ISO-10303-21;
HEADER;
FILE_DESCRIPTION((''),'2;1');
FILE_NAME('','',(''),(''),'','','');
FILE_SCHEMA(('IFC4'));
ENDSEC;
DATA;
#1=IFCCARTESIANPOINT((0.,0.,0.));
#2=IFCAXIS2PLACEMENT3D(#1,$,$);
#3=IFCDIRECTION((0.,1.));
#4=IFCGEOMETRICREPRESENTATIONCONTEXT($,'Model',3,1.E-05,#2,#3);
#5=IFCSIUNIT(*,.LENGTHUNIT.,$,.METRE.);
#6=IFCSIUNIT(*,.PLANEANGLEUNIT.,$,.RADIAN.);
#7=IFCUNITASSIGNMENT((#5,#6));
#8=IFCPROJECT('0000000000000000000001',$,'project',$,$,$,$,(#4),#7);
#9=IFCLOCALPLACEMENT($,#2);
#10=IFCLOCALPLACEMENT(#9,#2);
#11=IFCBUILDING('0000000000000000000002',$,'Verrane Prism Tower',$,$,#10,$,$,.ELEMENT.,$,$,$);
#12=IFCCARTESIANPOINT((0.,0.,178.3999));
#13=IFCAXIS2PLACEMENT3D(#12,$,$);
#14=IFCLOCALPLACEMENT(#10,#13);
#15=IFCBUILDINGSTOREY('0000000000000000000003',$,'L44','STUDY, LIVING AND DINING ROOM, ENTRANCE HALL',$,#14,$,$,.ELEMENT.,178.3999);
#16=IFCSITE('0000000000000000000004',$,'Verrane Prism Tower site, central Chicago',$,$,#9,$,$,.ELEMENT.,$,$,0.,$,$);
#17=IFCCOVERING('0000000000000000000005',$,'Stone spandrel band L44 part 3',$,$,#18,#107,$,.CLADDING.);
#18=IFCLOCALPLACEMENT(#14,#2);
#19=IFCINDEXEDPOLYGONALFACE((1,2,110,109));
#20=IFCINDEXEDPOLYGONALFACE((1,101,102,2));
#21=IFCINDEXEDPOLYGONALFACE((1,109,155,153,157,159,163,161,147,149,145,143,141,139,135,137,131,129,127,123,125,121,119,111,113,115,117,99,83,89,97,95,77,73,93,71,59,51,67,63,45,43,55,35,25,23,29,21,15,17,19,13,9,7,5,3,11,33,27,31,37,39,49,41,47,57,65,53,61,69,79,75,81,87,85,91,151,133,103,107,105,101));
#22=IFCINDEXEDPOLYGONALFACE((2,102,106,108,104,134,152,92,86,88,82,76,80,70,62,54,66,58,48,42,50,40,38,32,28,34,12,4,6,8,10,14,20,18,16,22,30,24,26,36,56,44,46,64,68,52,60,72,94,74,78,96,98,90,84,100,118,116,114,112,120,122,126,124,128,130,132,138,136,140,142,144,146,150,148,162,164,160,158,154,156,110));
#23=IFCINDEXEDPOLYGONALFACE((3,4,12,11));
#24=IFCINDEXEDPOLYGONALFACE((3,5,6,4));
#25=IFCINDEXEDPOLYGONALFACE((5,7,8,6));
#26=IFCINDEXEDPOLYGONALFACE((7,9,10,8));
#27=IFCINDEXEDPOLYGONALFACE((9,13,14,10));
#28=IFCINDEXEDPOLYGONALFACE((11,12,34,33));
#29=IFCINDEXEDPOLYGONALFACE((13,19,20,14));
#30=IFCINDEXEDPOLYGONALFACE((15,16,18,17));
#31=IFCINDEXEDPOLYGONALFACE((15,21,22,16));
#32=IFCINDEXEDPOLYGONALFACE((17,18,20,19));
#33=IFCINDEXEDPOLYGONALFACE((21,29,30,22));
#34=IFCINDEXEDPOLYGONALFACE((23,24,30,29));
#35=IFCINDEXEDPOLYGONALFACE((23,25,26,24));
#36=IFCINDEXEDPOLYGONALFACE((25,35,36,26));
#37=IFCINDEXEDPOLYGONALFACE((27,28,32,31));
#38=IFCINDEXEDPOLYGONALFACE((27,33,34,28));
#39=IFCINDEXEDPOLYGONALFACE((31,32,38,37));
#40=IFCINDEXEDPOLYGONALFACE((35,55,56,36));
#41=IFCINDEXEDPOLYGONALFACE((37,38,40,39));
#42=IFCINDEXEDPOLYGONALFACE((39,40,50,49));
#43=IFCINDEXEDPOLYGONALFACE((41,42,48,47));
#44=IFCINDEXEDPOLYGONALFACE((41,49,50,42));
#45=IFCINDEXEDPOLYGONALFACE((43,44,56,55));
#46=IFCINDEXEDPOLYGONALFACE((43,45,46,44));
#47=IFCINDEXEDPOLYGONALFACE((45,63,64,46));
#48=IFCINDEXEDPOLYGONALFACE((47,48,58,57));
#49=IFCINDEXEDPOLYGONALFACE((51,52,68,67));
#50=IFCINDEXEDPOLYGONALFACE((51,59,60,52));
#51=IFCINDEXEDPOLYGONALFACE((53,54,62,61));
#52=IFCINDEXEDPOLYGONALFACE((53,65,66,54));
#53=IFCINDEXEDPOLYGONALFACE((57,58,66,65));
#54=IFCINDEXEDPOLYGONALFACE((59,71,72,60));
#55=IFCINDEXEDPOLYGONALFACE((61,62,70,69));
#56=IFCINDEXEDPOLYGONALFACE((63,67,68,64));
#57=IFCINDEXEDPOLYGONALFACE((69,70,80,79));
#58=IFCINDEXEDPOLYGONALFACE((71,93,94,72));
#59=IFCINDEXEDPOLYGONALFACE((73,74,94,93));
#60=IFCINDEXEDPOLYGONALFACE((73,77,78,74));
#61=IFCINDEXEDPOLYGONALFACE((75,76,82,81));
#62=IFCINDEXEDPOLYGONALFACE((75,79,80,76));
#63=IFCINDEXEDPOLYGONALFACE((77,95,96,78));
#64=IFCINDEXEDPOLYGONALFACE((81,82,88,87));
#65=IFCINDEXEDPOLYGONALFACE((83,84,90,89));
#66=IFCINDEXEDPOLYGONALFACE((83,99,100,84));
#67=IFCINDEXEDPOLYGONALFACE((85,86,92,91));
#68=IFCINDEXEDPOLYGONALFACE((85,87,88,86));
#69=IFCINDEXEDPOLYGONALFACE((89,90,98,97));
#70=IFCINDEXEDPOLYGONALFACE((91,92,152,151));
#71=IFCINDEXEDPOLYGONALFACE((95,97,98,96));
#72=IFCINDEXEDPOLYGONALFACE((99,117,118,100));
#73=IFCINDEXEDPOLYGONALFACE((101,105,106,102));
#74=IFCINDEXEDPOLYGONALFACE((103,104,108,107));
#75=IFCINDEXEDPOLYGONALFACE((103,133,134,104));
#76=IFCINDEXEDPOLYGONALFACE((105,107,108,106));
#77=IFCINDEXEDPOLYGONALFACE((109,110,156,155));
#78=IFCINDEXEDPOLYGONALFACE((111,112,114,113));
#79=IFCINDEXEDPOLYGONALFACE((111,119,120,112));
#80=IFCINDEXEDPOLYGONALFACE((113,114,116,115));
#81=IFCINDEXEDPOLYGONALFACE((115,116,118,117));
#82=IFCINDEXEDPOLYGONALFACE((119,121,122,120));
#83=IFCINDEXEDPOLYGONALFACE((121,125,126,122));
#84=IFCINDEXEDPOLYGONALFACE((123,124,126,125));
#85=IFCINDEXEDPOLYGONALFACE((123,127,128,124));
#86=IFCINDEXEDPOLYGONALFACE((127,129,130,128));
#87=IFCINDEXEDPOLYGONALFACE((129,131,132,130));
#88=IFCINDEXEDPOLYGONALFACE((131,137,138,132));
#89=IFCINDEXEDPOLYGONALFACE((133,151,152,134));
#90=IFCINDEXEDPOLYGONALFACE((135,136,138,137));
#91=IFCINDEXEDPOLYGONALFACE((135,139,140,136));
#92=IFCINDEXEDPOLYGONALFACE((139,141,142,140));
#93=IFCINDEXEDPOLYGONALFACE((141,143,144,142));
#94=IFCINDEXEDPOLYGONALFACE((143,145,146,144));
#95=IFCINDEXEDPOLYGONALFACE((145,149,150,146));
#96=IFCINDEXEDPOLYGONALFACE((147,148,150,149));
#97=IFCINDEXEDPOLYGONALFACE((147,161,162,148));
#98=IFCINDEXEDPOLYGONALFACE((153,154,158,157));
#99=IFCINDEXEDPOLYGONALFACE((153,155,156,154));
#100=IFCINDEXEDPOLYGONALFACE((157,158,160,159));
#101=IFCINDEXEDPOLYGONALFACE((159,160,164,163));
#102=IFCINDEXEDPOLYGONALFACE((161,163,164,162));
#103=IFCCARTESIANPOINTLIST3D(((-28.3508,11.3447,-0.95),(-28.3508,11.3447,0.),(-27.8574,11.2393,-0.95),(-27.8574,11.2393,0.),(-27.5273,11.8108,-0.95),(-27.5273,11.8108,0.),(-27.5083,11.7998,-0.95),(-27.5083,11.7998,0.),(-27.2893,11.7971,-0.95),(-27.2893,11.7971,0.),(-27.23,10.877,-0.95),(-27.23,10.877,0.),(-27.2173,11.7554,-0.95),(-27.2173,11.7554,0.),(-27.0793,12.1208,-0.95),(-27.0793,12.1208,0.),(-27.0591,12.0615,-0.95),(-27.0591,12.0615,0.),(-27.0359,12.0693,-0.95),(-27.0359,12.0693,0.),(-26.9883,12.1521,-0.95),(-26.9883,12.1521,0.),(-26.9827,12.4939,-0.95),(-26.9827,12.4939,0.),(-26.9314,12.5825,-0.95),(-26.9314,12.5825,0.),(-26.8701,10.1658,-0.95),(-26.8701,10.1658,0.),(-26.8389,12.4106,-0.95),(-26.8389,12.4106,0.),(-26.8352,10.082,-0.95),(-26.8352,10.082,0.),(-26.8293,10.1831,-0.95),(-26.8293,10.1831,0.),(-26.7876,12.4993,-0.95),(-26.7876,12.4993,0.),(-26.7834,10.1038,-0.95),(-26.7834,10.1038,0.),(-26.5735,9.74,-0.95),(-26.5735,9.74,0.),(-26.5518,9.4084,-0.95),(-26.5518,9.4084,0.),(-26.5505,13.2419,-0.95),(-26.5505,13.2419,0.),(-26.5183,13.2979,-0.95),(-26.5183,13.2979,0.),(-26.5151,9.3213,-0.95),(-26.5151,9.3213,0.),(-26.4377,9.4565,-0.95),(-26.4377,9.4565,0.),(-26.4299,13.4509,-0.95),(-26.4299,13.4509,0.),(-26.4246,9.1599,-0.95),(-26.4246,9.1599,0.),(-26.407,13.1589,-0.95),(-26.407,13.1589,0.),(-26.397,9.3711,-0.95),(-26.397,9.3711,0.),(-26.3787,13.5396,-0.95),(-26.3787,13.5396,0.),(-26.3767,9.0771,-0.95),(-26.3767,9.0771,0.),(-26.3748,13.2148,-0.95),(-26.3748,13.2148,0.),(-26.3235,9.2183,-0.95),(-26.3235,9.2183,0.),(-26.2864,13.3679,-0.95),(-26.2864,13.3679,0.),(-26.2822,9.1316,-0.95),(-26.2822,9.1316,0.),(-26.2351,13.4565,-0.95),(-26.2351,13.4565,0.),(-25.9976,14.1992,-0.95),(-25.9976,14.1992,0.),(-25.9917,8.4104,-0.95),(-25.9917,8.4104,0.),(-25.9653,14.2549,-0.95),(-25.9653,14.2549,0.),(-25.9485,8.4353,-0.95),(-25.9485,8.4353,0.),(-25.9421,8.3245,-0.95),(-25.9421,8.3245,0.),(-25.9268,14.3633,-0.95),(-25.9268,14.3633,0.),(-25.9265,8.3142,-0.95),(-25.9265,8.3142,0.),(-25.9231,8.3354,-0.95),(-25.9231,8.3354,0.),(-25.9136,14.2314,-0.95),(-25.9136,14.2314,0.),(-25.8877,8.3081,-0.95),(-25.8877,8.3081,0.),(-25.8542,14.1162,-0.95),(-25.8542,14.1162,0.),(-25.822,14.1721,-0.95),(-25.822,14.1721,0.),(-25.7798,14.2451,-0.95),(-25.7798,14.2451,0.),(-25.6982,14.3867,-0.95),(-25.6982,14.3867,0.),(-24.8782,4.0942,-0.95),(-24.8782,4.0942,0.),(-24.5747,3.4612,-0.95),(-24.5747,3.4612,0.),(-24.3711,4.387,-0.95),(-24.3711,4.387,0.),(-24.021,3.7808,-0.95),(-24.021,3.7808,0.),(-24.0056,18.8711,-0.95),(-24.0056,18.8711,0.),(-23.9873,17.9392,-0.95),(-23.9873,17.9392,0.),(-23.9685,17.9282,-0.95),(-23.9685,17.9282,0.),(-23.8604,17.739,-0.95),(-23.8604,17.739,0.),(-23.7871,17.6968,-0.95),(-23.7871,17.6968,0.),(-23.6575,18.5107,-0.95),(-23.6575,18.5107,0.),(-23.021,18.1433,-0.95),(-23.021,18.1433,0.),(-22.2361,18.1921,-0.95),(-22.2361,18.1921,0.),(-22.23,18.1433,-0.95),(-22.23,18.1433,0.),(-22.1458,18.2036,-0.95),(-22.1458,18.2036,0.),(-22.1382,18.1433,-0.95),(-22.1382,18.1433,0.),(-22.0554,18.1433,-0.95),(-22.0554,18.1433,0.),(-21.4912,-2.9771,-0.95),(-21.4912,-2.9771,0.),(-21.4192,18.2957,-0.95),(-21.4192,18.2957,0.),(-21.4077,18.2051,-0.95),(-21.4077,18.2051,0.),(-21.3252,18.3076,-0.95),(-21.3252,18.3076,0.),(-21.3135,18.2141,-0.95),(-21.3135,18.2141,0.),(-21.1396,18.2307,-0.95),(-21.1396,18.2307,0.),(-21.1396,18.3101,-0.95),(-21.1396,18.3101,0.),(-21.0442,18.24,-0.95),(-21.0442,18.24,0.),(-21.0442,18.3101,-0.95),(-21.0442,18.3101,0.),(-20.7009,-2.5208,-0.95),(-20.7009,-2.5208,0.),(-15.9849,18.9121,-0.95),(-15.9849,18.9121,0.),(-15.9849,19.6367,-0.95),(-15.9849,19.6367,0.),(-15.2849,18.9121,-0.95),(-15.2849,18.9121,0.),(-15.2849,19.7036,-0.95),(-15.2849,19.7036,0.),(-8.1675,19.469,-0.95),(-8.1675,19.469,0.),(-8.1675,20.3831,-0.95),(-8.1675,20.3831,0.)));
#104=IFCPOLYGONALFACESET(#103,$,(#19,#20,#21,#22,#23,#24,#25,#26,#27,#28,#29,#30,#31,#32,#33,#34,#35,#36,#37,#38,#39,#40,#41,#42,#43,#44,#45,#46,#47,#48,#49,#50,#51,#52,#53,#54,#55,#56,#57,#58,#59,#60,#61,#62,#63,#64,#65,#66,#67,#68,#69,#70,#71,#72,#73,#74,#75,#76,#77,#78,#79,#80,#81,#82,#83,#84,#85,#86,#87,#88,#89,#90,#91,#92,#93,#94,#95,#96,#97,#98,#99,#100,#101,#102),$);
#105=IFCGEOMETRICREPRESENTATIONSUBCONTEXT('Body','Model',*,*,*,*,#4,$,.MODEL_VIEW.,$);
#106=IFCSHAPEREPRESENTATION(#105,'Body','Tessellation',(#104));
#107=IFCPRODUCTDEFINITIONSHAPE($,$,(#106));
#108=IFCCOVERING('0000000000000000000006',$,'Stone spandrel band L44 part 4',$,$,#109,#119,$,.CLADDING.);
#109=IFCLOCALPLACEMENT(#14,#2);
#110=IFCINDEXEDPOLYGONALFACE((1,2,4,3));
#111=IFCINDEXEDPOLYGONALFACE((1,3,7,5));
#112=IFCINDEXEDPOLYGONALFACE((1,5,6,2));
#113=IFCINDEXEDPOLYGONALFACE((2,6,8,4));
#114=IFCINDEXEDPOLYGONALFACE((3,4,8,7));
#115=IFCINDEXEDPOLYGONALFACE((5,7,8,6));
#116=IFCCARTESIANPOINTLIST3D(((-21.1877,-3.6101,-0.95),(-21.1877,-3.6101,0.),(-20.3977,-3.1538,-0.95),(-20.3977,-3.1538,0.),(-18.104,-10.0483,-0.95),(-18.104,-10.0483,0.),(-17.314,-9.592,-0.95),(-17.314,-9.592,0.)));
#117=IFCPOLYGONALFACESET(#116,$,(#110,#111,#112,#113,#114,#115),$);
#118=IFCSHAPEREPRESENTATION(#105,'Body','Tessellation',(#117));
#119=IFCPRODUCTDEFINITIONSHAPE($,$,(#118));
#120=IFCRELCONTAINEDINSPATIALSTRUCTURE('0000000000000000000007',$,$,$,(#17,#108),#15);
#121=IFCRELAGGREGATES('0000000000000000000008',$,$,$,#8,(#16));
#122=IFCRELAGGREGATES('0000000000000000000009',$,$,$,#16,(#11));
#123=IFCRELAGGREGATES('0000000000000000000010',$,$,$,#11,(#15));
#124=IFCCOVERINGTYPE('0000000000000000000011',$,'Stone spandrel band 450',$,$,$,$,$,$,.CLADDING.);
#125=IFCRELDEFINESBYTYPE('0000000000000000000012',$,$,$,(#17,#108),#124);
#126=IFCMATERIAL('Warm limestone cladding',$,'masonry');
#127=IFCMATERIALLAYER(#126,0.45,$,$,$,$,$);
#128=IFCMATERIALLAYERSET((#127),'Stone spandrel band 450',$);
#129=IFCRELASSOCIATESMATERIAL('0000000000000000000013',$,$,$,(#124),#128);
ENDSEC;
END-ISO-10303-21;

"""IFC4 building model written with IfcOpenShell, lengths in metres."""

from ifc_helpers import new_model, si_unit, direction, frame, origin, place, context, subcontext, project, spatial, polyline, outline, extrude, material, layer, layer_set, type_object, element, save


model = new_model("IFC4")

# Units and contexts
model_context = context("Model", 3, precision=1e-05, world=origin(), true_north=direction((0.0, 1.0)))
body_context = subcontext(model_context, "Body", "Model", "MODEL_VIEW")
ifc_project = project(units=[si_unit("LENGTHUNIT", "METRE"), si_unit("PLANEANGLEUNIT", "RADIAN")], contexts=[model_context])

# Site, building, storey
site_placement = place(None, origin())
site = spatial("IfcSite", under=ifc_project, at=site_placement, Name="Verrane Prism Tower site, central Chicago", CompositionType="ELEMENT", RefElevation=0.0)
building_placement = place(site_placement, origin())
building = spatial("IfcBuilding", under=site, at=building_placement, Name="Verrane Prism Tower", CompositionType="ELEMENT")
storey_placement = place(building_placement, frame((0.0, 0.0, 178.3999)))
storey = spatial("IfcBuildingStorey", under=building, at=storey_placement, Name="L44", Description="STUDY, LIVING AND DINING ROOM, ENTRANCE HALL", CompositionType="ELEMENT", Elevation=178.3999)

# Coverings
ifc_material_1 = material(Name="Warm limestone cladding", Category="masonry")
ifc_layer_1 = layer(ifc_material_1, 0.45)
ifc_layer_set_1 = layer_set([ifc_layer_1], Name="Stone spandrel band 450")
covering_type_1 = type_object("IfcCoveringType", Name="Stone spandrel band 450", PredefinedType="CLADDING", material=ifc_layer_set_1)
covering_1_placement = place(storey_placement, frame((0.0, 0.0, -0.95)))
element("IfcCovering", 1, at=covering_1_placement, inside=storey, type_object=covering_type_1, Name="Stone spandrel band L44 part 3", PredefinedType="CLADDING", context=body_context, shape_type="SweptSolid", body=[
    extrude(outline(polyline([(-25.7798, 14.2451), (-25.9136, 14.2314), (-25.9268, 14.3633), (-25.6982, 14.3867), (-23.7871, 17.6968), (-23.8604, 17.739), (-23.9685, 17.9282), (-23.9873, 17.9392), (-23.6575, 18.5107), (-23.021, 18.1433), (-22.23, 18.1433), (-22.2361, 18.1921), (-22.1458, 18.2036), (-22.1382, 18.1433), (-22.0554, 18.1433), (-21.4077, 18.2051), (-21.4192, 18.2957), (-21.3252, 18.3076), (-21.3135, 18.2141), (-21.1396, 18.2307), (-21.1396, 18.3101), (-21.0442, 18.3101), (-21.0442, 18.24), (-8.1675, 19.469), (-8.1675, 20.3831), (-15.2849, 19.7036), (-15.2849, 18.9121), (-15.9849, 18.9121), (-15.9849, 19.6367), (-24.0056, 18.8711), (-28.3508, 11.3447), (-24.8782, 4.0942), (-24.3711, 4.387), (-24.021, 3.7808), (-24.5747, 3.4612), (-21.4912, -2.9771), (-20.7009, -2.5208), (-25.8877, 8.3081), (-25.9265, 8.3142), (-25.9231, 8.3354), (-25.9421, 8.3245), (-25.9917, 8.4104), (-25.9485, 8.4353), (-26.2822, 9.1316), (-26.3767, 9.0771), (-26.4246, 9.1599), (-26.3235, 9.2183), (-26.397, 9.3711), (-26.5151, 9.3213), (-26.5518, 9.4084), (-26.4377, 9.4565), (-26.5735, 9.74), (-26.7834, 10.1038), (-26.8352, 10.082), (-26.8701, 10.1658), (-26.8293, 10.1831), (-27.23, 10.877), (-27.8574, 11.2393), (-27.5273, 11.8108), (-27.5083, 11.7998), (-27.2893, 11.7971), (-27.2173, 11.7554), (-27.0359, 12.0693), (-27.0591, 12.0615), (-27.0793, 12.1208), (-26.9883, 12.1521), (-26.8389, 12.4106), (-26.9827, 12.4939), (-26.9314, 12.5825), (-26.7876, 12.4993), (-26.407, 13.1589), (-26.5505, 13.2419), (-26.5183, 13.2979), (-26.3748, 13.2148), (-26.2864, 13.3679), (-26.4299, 13.4509), (-26.3787, 13.5396), (-26.2351, 13.4565), (-25.8542, 14.1162), (-25.9976, 14.1992), (-25.9653, 14.2549), (-25.822, 14.1721), (-25.7798, 14.2451)])), origin(), (0.0, 0.0, 1.0), 0.95),
])
covering_2_placement = place(storey_placement, frame((0.0, 0.0, -0.95)))
element("IfcCovering", 2, at=covering_2_placement, inside=storey, type_object=covering_type_1, Name="Stone spandrel band L44 part 4", PredefinedType="CLADDING", context=body_context, shape_type="SweptSolid", body=[
    extrude(outline(polyline([(-17.314, -9.592), (-20.3977, -3.1538), (-21.1877, -3.6101), (-18.104, -10.0483), (-17.314, -9.592)])), origin(), (0.0, 0.0, 1.0), 0.95),
])

save(model, "model.ifc")
